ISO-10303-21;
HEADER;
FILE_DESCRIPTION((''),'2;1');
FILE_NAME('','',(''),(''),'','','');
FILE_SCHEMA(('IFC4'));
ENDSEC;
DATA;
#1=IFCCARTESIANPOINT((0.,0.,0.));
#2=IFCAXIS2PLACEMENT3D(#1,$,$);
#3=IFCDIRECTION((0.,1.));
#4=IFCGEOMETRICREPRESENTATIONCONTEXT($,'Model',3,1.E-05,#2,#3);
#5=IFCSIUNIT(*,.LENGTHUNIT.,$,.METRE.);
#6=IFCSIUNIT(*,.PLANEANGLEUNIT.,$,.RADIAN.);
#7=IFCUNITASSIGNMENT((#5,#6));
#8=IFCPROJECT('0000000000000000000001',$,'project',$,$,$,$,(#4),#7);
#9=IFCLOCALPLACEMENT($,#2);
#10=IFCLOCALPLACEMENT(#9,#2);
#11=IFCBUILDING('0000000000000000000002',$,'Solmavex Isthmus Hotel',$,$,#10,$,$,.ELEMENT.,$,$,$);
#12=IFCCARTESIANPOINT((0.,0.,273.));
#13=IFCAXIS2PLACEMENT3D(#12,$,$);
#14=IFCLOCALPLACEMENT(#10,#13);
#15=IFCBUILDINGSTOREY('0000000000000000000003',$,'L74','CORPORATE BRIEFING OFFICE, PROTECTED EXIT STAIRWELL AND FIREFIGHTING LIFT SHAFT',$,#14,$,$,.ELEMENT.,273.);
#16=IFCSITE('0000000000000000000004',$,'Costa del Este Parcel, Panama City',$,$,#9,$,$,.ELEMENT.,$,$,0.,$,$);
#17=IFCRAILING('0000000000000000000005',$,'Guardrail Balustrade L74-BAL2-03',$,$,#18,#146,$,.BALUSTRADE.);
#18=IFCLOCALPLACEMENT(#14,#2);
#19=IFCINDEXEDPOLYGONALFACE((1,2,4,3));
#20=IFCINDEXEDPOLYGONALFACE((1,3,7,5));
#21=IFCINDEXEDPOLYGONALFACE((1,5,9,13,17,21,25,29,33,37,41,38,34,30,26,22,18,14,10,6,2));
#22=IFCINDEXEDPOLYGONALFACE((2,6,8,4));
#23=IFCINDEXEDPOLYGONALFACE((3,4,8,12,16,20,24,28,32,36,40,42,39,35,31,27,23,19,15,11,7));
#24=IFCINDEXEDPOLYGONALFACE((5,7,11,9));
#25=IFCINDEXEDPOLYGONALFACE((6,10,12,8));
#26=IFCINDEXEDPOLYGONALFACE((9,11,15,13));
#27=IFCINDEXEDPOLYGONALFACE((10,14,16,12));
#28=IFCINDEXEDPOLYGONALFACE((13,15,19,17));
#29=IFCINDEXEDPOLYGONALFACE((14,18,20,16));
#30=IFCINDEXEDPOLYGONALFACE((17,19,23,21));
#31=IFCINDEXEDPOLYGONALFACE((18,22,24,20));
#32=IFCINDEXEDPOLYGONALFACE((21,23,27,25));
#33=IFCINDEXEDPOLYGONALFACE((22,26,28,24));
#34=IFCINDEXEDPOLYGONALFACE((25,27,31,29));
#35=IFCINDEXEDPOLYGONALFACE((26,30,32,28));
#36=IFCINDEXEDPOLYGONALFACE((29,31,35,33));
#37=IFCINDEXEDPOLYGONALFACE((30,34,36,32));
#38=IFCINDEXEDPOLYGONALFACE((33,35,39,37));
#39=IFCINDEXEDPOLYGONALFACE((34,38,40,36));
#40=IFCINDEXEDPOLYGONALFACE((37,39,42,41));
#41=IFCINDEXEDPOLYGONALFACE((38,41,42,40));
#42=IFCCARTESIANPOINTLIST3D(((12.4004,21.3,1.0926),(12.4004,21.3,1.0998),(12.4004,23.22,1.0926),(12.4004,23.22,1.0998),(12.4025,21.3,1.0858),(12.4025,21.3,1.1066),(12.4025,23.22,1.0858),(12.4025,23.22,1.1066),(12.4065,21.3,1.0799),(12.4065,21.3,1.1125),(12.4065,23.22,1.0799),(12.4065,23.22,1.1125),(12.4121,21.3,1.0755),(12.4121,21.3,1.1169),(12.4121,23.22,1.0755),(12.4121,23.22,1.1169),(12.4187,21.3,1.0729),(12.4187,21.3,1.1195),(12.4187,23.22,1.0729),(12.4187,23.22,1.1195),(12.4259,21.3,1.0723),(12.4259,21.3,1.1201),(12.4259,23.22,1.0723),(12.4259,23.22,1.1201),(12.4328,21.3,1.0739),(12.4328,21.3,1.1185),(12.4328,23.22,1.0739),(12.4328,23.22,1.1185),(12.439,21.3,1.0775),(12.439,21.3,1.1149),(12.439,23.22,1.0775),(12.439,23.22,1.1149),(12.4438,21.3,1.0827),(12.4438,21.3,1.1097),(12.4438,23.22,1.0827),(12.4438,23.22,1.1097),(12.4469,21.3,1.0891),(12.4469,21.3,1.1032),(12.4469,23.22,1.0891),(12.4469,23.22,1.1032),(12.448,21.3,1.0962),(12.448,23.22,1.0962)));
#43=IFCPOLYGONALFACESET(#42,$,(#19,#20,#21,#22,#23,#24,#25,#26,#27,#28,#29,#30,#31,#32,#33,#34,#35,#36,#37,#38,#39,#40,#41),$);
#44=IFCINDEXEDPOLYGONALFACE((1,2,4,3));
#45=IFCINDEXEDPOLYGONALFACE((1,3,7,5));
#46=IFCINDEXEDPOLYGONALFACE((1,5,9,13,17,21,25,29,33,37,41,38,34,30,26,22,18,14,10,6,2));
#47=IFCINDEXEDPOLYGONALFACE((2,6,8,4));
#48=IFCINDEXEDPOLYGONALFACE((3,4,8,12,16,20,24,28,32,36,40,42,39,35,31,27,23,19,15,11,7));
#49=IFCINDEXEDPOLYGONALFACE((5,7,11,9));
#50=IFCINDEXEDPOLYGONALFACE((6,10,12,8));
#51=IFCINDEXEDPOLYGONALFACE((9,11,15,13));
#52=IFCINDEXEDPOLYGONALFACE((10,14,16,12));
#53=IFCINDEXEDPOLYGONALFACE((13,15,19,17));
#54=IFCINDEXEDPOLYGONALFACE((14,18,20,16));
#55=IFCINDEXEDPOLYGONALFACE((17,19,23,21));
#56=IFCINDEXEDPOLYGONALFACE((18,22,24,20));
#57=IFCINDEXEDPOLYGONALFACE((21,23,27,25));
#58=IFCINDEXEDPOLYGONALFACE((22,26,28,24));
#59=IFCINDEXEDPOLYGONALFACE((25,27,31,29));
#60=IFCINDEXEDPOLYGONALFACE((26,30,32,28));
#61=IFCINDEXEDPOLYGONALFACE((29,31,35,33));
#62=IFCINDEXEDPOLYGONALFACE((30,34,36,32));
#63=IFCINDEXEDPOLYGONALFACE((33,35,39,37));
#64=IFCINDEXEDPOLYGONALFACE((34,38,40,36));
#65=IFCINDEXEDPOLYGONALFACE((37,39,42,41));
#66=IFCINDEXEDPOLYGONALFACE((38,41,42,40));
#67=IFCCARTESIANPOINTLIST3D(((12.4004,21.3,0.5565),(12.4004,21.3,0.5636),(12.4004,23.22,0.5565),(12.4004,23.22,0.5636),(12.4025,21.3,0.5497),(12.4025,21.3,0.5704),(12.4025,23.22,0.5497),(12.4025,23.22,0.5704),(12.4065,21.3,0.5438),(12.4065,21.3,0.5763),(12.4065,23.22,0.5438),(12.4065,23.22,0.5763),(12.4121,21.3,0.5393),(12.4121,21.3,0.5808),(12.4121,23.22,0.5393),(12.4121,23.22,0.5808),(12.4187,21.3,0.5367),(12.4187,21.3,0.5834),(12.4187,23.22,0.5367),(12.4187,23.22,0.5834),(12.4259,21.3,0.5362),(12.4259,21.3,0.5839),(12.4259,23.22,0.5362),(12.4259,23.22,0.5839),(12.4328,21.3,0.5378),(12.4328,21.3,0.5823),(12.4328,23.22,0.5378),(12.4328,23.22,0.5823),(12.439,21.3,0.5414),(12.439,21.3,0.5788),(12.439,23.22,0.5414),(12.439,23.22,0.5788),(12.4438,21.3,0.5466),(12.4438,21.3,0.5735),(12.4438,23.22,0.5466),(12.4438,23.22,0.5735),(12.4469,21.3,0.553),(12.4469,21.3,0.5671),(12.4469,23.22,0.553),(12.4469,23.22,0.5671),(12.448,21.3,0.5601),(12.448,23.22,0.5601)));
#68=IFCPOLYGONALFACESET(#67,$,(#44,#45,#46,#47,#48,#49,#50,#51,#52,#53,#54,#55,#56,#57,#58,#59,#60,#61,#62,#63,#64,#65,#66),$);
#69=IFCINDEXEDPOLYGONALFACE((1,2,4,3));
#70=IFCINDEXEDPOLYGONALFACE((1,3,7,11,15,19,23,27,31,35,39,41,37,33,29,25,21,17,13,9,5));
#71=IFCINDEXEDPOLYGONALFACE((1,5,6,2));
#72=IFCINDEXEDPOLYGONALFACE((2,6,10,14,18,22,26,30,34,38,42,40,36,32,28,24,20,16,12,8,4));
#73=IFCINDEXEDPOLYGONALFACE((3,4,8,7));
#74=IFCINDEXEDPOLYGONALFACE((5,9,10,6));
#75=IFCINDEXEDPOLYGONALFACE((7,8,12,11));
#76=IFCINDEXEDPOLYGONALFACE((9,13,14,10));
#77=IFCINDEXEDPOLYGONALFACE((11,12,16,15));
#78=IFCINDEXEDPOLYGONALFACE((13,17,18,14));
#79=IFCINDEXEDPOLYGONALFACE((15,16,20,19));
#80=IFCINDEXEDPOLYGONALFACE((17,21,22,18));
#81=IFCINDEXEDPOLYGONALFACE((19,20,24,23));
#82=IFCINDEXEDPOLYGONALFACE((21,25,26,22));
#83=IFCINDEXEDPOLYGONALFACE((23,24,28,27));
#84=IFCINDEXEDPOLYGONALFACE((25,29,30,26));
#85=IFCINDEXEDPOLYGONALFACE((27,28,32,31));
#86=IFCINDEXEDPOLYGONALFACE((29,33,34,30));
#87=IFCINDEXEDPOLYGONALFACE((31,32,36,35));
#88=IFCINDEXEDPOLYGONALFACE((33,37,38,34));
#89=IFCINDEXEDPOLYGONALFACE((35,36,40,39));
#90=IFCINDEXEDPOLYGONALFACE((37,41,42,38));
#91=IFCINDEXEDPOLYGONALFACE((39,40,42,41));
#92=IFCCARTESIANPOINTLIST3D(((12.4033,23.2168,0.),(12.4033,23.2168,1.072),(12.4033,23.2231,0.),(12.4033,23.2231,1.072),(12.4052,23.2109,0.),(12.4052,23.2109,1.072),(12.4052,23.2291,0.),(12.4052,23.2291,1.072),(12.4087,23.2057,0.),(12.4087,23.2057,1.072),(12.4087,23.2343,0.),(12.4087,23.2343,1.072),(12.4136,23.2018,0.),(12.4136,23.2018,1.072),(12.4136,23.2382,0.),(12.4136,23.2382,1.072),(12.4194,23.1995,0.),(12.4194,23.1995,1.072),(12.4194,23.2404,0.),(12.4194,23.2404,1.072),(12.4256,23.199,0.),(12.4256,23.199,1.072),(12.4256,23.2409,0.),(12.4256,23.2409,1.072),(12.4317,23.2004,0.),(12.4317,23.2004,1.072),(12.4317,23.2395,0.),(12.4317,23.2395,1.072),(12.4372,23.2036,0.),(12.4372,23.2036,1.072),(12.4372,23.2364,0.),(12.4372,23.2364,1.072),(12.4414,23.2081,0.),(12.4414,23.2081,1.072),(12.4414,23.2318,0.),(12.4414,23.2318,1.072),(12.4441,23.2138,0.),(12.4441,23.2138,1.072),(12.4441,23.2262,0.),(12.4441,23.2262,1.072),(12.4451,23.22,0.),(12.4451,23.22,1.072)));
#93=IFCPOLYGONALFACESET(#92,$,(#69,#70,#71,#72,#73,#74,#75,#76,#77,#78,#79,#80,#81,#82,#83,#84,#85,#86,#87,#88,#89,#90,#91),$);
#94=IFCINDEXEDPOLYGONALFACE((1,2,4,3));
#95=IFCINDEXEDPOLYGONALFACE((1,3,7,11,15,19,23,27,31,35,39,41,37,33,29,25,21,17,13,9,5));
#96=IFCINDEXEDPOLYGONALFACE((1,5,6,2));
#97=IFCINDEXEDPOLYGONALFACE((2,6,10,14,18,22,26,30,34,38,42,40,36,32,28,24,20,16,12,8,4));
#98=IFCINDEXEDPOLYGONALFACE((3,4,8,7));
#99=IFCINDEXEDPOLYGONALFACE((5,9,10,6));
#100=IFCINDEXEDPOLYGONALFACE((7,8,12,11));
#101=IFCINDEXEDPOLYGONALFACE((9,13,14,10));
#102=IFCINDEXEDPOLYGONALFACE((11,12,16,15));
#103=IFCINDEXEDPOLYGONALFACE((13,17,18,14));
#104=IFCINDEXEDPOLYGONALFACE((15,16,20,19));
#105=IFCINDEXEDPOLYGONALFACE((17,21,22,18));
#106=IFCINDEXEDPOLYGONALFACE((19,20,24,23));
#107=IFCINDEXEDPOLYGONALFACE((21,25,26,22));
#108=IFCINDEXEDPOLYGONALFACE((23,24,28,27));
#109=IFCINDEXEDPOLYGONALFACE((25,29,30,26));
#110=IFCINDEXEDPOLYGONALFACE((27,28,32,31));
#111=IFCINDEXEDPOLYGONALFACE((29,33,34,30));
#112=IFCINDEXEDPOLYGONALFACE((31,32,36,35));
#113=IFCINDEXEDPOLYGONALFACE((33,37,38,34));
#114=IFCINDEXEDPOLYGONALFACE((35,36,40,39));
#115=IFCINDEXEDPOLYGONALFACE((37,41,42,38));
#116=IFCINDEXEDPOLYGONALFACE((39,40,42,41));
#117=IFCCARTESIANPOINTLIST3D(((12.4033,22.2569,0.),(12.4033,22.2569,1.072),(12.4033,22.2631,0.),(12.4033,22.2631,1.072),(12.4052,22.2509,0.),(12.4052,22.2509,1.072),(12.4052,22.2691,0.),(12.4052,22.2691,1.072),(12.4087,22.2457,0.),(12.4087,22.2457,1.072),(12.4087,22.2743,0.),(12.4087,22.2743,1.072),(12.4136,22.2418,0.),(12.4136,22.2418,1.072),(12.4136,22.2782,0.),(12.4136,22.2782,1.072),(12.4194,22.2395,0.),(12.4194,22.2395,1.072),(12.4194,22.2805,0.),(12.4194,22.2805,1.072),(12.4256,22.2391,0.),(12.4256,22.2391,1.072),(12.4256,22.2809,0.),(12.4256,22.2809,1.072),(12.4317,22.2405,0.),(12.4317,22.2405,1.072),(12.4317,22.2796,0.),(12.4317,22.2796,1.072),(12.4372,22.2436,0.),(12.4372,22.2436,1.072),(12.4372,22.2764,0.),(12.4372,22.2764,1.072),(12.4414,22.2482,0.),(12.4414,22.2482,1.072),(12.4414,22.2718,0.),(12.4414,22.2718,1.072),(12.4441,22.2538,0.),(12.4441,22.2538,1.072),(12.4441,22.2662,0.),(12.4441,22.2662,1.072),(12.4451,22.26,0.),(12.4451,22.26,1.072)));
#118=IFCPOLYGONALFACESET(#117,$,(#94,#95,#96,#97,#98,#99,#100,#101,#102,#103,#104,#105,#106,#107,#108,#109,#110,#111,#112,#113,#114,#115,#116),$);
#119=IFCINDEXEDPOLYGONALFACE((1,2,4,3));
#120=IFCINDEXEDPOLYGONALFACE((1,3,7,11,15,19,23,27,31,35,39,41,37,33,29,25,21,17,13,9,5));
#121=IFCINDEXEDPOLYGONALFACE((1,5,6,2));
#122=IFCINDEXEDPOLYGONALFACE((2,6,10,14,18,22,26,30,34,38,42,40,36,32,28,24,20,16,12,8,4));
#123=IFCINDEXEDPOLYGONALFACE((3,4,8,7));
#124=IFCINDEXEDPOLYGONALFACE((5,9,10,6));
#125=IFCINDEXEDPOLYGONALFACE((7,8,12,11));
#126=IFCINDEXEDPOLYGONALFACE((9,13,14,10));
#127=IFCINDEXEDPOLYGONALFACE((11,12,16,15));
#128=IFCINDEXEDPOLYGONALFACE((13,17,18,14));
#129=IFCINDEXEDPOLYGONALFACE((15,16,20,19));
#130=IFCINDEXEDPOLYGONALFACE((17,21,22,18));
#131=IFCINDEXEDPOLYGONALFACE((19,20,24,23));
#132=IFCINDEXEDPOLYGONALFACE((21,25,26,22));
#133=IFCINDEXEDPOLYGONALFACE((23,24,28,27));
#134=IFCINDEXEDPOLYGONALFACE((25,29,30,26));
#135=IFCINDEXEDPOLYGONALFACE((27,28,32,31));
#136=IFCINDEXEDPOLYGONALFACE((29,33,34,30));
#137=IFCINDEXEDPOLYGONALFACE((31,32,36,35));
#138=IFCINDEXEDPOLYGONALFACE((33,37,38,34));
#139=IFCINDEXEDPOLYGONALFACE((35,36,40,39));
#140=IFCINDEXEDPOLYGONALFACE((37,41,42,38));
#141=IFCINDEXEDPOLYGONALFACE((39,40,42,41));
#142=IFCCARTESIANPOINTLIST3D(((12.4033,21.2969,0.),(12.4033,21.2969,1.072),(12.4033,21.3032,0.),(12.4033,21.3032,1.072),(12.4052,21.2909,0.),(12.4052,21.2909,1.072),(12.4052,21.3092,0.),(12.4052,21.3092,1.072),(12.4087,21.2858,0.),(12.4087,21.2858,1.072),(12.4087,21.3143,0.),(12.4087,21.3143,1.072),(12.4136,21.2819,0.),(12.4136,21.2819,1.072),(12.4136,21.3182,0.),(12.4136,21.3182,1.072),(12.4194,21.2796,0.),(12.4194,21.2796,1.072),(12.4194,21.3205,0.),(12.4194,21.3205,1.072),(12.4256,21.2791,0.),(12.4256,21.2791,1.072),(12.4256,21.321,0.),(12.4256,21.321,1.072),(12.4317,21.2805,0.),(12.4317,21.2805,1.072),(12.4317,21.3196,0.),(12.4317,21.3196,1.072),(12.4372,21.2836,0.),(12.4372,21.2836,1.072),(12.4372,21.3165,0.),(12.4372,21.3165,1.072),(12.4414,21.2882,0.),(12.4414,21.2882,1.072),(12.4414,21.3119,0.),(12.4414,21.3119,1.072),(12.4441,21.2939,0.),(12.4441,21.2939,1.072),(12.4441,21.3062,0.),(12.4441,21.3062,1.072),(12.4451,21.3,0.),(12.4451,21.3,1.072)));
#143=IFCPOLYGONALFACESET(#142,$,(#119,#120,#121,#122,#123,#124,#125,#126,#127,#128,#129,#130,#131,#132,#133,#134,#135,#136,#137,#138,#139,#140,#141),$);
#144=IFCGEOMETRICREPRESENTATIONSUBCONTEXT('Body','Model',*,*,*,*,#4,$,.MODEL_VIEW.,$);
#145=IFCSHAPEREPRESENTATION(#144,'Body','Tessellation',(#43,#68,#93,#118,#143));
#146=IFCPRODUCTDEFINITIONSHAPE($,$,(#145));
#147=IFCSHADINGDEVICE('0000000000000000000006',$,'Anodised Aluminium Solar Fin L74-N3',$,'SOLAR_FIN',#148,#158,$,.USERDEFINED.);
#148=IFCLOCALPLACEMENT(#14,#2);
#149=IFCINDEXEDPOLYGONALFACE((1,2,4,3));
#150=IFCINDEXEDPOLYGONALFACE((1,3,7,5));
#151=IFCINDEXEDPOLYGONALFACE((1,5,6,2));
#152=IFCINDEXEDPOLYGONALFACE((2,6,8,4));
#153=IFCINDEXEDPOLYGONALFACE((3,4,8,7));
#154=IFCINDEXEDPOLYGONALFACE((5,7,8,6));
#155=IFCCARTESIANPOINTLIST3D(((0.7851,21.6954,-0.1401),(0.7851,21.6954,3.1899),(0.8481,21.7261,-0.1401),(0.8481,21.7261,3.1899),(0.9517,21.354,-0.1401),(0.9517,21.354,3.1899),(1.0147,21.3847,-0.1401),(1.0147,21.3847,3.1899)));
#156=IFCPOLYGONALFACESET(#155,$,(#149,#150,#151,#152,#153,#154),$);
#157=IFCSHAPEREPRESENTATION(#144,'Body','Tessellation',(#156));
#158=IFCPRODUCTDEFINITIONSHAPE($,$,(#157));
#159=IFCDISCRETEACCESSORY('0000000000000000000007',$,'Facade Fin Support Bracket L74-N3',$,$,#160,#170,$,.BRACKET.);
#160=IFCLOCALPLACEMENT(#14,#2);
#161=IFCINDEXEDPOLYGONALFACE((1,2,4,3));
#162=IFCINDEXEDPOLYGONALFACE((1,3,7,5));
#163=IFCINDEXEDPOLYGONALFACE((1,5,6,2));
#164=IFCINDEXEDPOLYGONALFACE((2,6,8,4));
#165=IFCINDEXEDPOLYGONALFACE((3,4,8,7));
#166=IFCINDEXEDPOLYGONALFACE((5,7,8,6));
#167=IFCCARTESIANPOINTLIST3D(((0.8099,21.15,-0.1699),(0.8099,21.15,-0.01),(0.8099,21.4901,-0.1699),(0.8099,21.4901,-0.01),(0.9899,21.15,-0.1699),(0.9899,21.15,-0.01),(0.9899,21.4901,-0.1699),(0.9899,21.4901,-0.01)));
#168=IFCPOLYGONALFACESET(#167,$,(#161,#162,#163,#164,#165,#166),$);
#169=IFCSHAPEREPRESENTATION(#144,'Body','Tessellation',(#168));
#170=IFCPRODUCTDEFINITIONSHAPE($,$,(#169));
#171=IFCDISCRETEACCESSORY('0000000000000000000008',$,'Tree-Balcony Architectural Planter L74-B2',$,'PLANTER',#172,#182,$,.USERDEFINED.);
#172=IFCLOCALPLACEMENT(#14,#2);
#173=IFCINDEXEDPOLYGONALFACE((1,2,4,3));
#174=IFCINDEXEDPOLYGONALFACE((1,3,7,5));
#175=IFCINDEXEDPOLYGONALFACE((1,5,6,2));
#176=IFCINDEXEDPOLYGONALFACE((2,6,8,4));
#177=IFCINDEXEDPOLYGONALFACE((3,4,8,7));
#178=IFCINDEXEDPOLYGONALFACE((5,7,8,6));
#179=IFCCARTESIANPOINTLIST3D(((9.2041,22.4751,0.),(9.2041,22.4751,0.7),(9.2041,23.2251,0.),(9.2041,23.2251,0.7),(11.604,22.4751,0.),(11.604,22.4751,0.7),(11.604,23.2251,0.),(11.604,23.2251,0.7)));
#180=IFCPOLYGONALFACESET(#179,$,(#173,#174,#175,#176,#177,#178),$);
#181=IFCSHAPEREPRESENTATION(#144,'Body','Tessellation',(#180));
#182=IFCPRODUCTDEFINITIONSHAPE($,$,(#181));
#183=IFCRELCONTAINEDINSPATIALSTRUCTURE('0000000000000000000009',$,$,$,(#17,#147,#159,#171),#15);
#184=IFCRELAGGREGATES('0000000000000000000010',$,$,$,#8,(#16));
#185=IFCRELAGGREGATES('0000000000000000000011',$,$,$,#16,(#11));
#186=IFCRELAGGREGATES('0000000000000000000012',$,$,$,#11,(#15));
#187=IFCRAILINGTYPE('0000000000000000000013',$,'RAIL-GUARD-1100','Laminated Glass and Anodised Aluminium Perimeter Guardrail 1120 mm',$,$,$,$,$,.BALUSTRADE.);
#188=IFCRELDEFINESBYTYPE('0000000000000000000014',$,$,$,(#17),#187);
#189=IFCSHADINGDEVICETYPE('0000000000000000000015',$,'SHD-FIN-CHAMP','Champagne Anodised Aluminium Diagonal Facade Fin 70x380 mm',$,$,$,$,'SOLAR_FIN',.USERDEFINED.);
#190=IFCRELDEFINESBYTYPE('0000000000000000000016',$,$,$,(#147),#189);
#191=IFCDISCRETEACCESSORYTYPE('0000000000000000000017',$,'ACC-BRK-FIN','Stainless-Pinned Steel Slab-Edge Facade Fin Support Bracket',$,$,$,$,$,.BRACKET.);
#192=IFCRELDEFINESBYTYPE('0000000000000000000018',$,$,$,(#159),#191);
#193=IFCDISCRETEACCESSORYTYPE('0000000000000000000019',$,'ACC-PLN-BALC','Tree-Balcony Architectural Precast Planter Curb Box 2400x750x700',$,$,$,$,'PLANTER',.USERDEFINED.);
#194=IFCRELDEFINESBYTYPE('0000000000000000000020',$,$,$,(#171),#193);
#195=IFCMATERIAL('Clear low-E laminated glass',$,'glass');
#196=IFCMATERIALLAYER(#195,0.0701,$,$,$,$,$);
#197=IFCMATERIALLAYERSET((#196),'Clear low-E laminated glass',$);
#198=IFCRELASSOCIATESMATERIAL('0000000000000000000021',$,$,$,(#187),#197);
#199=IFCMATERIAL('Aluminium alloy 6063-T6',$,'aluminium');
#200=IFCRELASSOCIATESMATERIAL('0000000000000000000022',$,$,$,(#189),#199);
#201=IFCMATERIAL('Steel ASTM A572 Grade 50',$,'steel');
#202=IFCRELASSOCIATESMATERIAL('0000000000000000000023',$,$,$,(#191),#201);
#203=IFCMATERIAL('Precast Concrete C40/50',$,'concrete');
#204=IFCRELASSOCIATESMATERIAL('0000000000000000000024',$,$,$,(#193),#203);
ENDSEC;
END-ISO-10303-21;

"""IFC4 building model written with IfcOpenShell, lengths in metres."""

from ifc_helpers import new_model, si_unit, direction, frame, origin, origin_2d, place, context, subcontext, project, spatial, rectangle, circle, extrude, material, layer, layer_set, type_object, element, save


model = new_model("IFC4")

# Units and contexts
model_context = context("Model", 3, precision=1e-05, world=origin(), true_north=direction((0.0, 1.0)))
body_context = subcontext(model_context, "Body", "Model", "MODEL_VIEW")
ifc_project = project(units=[si_unit("LENGTHUNIT", "METRE"), si_unit("PLANEANGLEUNIT", "RADIAN")], contexts=[model_context])

# Site, building, storey
site_placement = place(None, origin())
site = spatial("IfcSite", under=ifc_project, at=site_placement, Name="Costa del Este Parcel, Panama City", CompositionType="ELEMENT", RefElevation=0.0)
building_placement = place(site_placement, origin())
building = spatial("IfcBuilding", under=site, at=building_placement, Name="Solmavex Isthmus Hotel", CompositionType="ELEMENT")
storey_placement = place(building_placement, frame((0.0, 0.0, 273.0)))
storey = spatial("IfcBuildingStorey", under=building, at=storey_placement, Name="L74", Description="CORPORATE BRIEFING OFFICE, PROTECTED EXIT STAIRWELL AND FIREFIGHTING LIFT SHAFT", CompositionType="ELEMENT", Elevation=273.0)

# Shared definitions
ifc_material_1 = material(Name="Aluminium alloy 6063-T6", Category="aluminium")

# Shared definitions
ifc_material_2 = material(Name="Clear low-E laminated glass", Category="glass")

# Shared definitions
ifc_material_3 = material(Name="Precast Concrete C40/50", Category="concrete")

# Railing
ifc_layer_1 = layer(ifc_material_2, 0.0701)
ifc_layer_set_1 = layer_set([ifc_layer_1], Name="Clear low-E laminated glass")
railing_type = type_object("IfcRailingType", Name="RAIL-GUARD-1100", Description="Laminated Glass and Anodised Aluminium Perimeter Guardrail 1120 mm", PredefinedType="BALUSTRADE", material=ifc_layer_set_1)
railing_1_placement = place(storey_placement, frame((12.4241, 23.22, 0.0)))
element("IfcRailing", 1, at=railing_1_placement, inside=storey, type_object=railing_type, Name="Guardrail Balustrade L74-BAL2-03", PredefinedType="BALUSTRADE", context=body_context, shape_type="SweptSolid", body=[
    extrude(circle(Radius=0.0239, at=origin_2d()), frame((0.0, 0.0, 1.0962), z_axis=(0.0, -1.0, 0.0), x_axis=(1.0, 0.0, 0.0)), (0.0, 0.0, 1.0), 1.9199),
    extrude(circle(Radius=0.0239, at=origin_2d()), frame((0.0, 0.0, 0.5601), z_axis=(0.0, -1.0, 0.0), x_axis=(1.0, 0.0, 0.0)), (0.0, 0.0, 1.0), 1.9199),
    extrude(circle(Radius=0.021, at=origin_2d()), origin(), (0.0, 0.0, 1.0), 1.072),
    extrude(circle(Radius=0.021, at=origin_2d()), frame((0.0, -0.96, 0.0)), (0.0, 0.0, 1.0), 1.072),
    extrude(circle(Radius=0.021, at=origin_2d()), frame((0.0, -1.9199, 0.0)), (0.0, 0.0, 1.0), 1.072),
])

# Shading device
shading_device_type = type_object("IfcShadingDeviceType", Name="SHD-FIN-CHAMP", Description="Champagne Anodised Aluminium Diagonal Facade Fin 70x380 mm", ElementType="SOLAR_FIN", PredefinedType="USERDEFINED", material=ifc_material_1)
shading_device_placement = place(storey_placement, frame((0.8999, 21.54, -0.1401), z_axis=(0.0, 0.0, 1.0), x_axis=(-0.438371, 0.898794, 0.0)))
element("IfcShadingDevice", 2, at=shading_device_placement, inside=storey, type_object=shading_device_type, Name="Anodised Aluminium Solar Fin L74-N3", ObjectType="SOLAR_FIN", PredefinedType="USERDEFINED", context=body_context, shape_type="SweptSolid", body=[
    extrude(rectangle(XDim=0.3799, YDim=0.0701, at=origin_2d()), origin(), (0.0, 0.0, 1.0), 3.3301),
])

# Discrete accessories
ifc_material_4 = material(Name="Steel ASTM A572 Grade 50", Category="steel")
discrete_accessory_type_1 = type_object("IfcDiscreteAccessoryType", Name="ACC-BRK-FIN", Description="Stainless-Pinned Steel Slab-Edge Facade Fin Support Bracket", PredefinedType="BRACKET", material=ifc_material_4)
discrete_accessory_1_placement = place(storey_placement, frame((0.8999, 21.3201, -0.1699), z_axis=(0.0, 0.0, 1.0), x_axis=(0.0, 1.0, 0.0)))
element("IfcDiscreteAccessory", 3, at=discrete_accessory_1_placement, inside=storey, type_object=discrete_accessory_type_1, Name="Facade Fin Support Bracket L74-N3", PredefinedType="BRACKET", context=body_context, shape_type="SweptSolid", body=[
    extrude(rectangle(XDim=0.3401, YDim=0.1799, at=origin_2d()), origin(), (0.0, 0.0, 1.0), 0.1599),
])
discrete_accessory_type_2 = type_object("IfcDiscreteAccessoryType", Name="ACC-PLN-BALC", Description="Tree-Balcony Architectural Precast Planter Curb Box 2400x750x700", ElementType="PLANTER", PredefinedType="USERDEFINED", material=ifc_material_3)
discrete_accessory_2_placement = place(storey_placement, frame((10.4041, 22.8501, 0.0), z_axis=(0.0, 0.0, 1.0), x_axis=(1.0, 0.0, 0.0)))
element("IfcDiscreteAccessory", 4, at=discrete_accessory_2_placement, inside=storey, type_object=discrete_accessory_type_2, Name="Tree-Balcony Architectural Planter L74-B2", ObjectType="PLANTER", PredefinedType="USERDEFINED", context=body_context, shape_type="SweptSolid", body=[
    extrude(rectangle(XDim=2.3999, YDim=0.75, at=origin_2d()), origin(), (0.0, 0.0, 1.0), 0.7),
])

save(model, "model.ifc")
